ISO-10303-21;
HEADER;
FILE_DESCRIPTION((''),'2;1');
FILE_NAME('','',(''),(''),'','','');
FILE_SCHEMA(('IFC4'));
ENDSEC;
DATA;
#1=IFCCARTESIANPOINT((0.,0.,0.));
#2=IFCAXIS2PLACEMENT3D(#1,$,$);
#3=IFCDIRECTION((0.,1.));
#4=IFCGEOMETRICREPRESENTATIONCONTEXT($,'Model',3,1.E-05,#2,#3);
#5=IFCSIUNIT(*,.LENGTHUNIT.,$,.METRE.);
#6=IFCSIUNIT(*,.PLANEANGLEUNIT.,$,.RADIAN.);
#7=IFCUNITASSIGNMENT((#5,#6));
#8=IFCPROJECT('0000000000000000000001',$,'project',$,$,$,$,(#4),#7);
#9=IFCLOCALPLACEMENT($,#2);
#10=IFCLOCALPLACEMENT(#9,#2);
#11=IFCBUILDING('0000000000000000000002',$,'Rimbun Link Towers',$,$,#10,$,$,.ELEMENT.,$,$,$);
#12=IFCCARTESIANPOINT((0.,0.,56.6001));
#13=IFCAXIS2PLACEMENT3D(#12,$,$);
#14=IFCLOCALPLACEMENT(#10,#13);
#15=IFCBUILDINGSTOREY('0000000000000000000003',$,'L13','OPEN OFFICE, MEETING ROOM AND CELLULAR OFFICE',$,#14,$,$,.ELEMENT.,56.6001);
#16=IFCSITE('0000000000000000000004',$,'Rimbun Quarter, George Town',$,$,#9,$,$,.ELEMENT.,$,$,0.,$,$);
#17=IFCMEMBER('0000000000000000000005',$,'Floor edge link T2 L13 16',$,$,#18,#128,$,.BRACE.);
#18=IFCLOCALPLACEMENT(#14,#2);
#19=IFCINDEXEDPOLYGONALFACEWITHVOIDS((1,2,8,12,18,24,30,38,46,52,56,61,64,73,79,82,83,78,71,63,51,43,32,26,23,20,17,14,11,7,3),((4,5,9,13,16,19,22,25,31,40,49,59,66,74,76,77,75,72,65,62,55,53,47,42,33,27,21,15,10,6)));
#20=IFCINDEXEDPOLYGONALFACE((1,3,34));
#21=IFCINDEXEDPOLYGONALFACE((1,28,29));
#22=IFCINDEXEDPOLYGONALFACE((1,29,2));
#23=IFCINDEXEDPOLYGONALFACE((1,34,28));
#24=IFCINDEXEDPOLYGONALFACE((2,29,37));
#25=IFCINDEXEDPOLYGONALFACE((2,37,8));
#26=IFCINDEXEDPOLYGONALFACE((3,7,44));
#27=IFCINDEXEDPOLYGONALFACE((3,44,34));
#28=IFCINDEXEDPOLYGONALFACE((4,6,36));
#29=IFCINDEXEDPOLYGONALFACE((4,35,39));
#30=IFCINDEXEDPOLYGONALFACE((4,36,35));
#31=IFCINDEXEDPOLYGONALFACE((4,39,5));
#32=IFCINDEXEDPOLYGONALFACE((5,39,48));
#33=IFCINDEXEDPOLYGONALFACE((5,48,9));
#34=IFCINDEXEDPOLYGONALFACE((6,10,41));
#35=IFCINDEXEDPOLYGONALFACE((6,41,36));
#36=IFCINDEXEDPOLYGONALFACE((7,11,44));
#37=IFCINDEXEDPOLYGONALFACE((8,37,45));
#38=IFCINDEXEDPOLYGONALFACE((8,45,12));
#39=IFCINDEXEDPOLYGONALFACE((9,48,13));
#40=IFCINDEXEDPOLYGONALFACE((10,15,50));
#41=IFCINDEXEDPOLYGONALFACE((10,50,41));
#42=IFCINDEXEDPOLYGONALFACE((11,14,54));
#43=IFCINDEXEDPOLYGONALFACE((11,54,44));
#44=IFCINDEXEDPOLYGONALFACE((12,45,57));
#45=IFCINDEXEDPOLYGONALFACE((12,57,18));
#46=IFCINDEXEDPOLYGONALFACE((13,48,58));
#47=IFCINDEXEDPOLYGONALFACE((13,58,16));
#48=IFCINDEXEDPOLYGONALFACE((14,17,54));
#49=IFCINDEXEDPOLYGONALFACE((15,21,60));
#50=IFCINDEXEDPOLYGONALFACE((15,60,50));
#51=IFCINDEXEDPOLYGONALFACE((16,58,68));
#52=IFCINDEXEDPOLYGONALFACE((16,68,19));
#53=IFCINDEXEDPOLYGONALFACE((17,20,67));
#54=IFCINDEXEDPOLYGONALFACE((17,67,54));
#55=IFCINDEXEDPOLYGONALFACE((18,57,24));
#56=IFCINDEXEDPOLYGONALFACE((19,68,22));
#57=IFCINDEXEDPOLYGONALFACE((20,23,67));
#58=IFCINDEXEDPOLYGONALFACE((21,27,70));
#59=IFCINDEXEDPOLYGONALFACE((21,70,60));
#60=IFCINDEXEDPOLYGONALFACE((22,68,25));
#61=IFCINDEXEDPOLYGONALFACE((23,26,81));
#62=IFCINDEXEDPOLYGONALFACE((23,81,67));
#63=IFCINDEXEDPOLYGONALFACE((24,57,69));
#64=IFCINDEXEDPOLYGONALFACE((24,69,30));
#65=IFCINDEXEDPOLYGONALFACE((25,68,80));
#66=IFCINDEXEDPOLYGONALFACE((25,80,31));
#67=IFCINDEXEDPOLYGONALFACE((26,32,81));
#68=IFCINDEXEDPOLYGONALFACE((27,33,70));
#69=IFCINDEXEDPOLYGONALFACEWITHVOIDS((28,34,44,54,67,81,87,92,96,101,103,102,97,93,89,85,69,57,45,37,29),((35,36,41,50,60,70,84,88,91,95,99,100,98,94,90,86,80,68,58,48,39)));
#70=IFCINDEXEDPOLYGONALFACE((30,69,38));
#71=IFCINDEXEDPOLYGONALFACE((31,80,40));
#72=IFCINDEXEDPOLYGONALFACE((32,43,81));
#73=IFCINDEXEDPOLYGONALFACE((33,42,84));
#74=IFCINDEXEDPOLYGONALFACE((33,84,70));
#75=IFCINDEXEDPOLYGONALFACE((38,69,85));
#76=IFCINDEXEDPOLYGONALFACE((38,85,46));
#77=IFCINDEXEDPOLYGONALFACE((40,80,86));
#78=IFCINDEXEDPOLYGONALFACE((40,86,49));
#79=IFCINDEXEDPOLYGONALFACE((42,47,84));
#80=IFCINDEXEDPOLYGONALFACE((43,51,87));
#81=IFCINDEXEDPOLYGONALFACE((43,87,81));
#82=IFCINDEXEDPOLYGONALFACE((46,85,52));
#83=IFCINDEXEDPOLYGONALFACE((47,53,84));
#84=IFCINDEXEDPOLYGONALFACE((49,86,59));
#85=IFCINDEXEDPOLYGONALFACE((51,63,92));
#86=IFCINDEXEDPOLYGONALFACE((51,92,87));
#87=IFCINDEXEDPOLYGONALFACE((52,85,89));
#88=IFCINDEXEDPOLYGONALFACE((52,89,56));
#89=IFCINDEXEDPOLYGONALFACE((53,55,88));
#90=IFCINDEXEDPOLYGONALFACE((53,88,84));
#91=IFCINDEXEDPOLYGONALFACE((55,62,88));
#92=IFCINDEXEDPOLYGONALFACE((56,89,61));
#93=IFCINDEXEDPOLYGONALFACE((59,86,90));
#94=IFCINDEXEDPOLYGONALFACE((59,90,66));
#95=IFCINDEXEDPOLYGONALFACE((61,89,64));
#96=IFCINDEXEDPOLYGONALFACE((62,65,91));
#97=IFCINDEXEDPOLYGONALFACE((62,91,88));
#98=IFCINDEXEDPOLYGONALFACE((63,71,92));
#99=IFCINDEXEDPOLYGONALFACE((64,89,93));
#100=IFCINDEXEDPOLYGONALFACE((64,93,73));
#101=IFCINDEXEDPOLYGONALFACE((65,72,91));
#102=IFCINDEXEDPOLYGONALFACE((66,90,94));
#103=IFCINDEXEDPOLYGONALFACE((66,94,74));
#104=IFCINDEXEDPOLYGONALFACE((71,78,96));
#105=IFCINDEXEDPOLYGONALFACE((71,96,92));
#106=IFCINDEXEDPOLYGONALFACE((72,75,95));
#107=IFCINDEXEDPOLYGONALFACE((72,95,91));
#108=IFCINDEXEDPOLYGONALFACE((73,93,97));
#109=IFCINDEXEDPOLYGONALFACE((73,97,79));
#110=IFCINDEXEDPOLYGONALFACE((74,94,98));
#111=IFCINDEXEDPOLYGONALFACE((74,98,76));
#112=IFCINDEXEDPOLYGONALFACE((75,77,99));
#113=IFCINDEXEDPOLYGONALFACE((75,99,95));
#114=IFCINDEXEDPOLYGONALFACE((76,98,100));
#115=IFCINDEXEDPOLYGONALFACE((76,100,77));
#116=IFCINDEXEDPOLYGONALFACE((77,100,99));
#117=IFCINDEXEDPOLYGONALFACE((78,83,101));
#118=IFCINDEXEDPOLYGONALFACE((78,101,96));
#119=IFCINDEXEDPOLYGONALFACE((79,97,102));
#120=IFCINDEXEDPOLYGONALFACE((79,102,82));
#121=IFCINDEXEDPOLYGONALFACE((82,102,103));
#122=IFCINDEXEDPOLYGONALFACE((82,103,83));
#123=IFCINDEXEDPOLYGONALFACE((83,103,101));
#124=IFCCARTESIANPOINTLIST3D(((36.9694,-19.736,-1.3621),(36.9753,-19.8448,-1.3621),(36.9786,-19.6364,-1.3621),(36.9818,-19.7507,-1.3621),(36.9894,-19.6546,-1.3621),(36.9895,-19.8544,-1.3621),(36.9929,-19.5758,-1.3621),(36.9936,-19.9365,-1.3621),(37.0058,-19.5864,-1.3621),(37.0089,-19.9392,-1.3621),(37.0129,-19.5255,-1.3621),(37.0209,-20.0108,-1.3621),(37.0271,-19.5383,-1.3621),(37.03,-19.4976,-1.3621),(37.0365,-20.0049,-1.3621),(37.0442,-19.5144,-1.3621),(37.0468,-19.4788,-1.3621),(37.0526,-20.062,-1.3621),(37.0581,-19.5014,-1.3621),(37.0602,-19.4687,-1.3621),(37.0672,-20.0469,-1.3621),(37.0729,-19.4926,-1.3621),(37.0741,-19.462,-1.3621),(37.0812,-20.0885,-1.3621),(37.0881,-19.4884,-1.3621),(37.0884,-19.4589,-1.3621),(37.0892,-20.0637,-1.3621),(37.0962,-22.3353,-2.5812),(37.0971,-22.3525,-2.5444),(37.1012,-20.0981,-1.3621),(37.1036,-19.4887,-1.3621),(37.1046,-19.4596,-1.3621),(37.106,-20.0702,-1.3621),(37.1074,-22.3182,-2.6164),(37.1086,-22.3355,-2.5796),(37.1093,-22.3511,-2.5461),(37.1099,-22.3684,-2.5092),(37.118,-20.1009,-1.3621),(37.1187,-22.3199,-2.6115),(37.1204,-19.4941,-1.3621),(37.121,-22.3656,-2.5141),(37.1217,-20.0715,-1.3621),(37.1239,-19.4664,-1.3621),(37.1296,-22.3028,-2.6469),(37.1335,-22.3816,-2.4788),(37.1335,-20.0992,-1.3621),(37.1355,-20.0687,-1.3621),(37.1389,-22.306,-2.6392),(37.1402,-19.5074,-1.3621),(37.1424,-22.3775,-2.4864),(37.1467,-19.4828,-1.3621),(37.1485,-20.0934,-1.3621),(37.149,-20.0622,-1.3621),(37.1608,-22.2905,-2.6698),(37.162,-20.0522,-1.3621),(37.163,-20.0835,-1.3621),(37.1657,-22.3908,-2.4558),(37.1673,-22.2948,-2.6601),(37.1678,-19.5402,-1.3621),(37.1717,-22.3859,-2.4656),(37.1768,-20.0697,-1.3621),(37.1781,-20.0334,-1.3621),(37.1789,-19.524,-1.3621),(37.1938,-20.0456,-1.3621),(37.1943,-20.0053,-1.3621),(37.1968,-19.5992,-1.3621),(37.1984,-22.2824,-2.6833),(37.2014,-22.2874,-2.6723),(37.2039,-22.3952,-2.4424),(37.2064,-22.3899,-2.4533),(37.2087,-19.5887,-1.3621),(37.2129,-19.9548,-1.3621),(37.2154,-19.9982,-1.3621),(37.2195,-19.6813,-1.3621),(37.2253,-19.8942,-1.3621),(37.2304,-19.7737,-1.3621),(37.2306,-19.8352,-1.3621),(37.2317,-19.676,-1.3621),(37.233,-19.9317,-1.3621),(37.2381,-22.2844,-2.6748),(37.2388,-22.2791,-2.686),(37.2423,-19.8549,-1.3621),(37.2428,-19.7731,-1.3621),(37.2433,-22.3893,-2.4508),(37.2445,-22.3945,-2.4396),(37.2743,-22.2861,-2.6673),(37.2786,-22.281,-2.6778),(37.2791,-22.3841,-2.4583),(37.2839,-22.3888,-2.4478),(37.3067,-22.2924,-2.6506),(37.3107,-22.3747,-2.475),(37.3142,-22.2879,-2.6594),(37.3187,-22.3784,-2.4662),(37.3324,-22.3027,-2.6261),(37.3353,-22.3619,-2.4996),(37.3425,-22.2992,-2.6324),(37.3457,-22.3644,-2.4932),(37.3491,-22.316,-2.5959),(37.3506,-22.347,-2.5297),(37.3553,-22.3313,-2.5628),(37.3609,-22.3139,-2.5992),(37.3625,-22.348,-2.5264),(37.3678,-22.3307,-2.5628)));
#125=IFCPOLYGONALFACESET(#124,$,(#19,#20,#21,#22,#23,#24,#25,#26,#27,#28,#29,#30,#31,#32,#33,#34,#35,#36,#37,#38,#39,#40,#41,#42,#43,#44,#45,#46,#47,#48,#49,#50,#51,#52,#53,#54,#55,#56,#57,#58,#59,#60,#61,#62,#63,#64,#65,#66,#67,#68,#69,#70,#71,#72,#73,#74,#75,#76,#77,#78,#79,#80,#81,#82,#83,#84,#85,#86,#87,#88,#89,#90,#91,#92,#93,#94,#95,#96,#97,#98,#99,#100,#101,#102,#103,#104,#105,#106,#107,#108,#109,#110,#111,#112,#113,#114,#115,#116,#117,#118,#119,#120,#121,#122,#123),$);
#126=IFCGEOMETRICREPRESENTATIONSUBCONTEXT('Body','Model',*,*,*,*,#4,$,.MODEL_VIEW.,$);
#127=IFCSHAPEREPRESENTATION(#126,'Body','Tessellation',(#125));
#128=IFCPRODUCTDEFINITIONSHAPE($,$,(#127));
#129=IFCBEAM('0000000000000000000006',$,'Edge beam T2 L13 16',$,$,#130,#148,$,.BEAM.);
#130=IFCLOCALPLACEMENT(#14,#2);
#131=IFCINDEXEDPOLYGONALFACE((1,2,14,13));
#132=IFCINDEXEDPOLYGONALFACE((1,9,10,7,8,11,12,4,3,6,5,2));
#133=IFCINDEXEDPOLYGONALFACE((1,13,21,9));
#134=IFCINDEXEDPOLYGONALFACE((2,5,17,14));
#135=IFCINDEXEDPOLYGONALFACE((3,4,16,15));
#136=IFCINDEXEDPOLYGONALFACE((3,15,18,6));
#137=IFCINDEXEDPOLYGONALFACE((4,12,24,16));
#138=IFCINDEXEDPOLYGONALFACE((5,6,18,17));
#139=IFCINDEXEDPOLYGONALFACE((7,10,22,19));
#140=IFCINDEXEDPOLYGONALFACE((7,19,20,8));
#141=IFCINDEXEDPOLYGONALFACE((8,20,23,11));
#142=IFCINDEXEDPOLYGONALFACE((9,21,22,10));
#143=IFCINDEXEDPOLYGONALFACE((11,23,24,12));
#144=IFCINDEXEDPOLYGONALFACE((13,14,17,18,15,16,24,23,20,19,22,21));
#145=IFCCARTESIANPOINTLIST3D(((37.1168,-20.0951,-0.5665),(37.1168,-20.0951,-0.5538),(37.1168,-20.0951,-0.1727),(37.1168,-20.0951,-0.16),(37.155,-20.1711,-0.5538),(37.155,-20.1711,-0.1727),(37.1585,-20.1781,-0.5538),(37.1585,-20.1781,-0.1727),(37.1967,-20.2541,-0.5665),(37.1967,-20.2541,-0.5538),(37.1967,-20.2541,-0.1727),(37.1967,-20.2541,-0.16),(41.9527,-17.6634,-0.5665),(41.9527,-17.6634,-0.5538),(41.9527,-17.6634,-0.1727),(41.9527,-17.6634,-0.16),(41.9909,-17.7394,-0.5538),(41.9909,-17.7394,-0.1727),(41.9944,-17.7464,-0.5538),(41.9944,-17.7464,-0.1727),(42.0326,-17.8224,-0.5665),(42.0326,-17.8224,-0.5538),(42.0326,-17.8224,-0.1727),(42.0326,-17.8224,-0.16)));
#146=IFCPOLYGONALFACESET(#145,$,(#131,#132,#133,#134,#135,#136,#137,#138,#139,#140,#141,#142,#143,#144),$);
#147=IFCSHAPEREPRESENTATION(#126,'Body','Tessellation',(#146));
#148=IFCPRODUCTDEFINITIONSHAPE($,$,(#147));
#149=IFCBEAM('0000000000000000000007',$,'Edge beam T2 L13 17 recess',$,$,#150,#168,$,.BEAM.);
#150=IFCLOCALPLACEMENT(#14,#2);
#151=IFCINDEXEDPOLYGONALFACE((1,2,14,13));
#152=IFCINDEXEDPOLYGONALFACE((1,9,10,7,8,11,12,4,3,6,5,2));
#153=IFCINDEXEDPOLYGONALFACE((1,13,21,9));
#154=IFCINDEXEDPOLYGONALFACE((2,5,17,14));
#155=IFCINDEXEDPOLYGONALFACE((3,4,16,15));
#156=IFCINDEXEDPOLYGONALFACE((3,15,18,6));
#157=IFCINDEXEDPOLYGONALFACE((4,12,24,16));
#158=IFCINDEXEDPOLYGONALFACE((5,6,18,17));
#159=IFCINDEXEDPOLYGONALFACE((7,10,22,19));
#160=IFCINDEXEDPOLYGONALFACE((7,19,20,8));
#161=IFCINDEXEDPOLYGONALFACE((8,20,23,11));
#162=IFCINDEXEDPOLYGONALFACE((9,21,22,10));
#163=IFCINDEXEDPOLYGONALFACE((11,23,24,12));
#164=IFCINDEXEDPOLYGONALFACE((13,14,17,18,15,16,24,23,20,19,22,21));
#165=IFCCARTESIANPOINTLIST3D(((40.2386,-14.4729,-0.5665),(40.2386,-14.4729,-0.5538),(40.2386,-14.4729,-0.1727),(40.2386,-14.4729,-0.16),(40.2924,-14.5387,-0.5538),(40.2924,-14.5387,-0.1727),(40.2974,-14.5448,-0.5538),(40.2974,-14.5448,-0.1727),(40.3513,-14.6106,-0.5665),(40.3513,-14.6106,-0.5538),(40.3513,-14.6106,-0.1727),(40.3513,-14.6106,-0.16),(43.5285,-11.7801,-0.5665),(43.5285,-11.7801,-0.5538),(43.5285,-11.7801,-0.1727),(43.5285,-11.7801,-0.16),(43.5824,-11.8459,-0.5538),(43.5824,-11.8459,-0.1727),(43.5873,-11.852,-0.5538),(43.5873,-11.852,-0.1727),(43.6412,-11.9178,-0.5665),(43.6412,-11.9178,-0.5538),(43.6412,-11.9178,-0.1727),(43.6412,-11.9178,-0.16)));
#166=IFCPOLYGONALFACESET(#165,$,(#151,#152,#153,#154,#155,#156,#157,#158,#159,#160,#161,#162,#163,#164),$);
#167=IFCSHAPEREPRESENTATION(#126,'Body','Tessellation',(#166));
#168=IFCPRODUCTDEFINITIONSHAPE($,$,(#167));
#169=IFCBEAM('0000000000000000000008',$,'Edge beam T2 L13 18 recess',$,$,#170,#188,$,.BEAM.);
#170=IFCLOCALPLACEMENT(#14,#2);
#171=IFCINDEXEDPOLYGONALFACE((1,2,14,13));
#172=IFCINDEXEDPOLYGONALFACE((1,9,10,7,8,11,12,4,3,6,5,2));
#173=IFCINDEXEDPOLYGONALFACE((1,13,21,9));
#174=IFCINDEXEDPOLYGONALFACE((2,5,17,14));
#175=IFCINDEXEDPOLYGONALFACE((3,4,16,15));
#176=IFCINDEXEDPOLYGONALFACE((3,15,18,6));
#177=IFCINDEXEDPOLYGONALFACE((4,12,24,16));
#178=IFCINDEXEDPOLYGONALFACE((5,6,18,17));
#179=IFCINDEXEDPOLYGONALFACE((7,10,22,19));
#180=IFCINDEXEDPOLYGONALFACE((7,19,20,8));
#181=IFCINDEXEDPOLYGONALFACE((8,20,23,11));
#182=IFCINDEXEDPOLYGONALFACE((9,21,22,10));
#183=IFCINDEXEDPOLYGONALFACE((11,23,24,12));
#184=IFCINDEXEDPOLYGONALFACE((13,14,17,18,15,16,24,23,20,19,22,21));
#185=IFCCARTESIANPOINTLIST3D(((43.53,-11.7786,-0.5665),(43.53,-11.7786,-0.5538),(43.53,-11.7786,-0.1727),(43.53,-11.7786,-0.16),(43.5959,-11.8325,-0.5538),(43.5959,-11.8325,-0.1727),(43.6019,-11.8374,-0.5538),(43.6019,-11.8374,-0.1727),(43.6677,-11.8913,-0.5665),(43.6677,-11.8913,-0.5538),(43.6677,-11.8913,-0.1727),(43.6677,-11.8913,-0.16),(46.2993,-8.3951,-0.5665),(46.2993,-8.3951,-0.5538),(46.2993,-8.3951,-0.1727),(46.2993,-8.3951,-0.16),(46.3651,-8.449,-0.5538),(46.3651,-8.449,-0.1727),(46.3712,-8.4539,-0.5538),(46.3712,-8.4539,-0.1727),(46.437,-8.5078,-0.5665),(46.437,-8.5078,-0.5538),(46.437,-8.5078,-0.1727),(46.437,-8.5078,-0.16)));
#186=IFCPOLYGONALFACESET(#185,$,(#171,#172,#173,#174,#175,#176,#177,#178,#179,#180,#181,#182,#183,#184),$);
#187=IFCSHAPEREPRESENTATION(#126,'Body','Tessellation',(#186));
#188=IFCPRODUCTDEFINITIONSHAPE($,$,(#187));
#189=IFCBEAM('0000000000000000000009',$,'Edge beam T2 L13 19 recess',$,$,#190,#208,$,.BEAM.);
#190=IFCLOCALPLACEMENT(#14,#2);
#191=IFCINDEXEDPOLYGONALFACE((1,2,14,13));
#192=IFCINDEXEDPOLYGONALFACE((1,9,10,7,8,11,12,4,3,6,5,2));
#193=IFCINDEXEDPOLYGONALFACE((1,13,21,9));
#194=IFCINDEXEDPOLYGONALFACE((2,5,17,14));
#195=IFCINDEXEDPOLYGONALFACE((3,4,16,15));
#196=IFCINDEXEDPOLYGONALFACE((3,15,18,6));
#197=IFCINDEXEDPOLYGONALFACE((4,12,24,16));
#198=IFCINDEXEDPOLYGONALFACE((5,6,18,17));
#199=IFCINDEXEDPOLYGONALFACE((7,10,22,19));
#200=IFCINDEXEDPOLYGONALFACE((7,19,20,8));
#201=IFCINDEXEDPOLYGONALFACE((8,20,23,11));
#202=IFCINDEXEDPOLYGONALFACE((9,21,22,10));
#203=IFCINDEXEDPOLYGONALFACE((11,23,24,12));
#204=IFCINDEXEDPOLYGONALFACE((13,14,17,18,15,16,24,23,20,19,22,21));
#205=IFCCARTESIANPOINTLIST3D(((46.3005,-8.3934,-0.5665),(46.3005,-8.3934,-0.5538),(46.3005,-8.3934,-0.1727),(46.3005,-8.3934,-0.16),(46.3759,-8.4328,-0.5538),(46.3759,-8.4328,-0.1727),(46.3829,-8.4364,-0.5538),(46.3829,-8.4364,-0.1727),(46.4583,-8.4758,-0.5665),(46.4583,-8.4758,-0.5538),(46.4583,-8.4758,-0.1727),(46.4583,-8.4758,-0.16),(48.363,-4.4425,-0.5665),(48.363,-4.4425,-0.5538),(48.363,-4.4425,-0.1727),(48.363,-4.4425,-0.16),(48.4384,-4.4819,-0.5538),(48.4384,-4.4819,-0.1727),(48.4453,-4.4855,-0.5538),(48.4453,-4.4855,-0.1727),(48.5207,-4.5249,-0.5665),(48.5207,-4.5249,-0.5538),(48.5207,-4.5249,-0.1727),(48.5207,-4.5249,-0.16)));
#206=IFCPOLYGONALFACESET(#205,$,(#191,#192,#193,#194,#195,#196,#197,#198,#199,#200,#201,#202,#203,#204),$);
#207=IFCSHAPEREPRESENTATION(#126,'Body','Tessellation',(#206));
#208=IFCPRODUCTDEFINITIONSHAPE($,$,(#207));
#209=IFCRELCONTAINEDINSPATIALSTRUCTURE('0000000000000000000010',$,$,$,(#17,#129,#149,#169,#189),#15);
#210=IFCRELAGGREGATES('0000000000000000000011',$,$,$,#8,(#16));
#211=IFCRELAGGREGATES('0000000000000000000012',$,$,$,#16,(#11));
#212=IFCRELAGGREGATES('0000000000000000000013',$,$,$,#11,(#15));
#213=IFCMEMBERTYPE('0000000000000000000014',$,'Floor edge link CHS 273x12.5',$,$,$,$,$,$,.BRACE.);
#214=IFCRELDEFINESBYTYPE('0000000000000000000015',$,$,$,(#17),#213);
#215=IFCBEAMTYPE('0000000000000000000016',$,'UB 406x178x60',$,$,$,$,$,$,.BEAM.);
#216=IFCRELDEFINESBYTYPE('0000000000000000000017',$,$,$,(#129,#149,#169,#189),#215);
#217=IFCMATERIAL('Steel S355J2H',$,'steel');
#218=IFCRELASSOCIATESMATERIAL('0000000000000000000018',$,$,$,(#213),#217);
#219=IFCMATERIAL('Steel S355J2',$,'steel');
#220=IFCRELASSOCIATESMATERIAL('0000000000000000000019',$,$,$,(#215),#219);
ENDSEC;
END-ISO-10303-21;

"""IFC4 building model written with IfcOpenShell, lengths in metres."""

from ifc_helpers import new_model, si_unit, direction, frame, origin, origin_2d, place, context, subcontext, project, spatial, hollow_circle, i_section, extrude, clip, halfspace, material, material_profile, profile_set, type_object, element, save


model = new_model("IFC4")

# Units and contexts
model_context = context("Model", 3, precision=1e-05, world=origin(), true_north=direction((0.0, 1.0)))
body_context = subcontext(model_context, "Body", "Model", "MODEL_VIEW")
ifc_project = project(units=[si_unit("LENGTHUNIT", "METRE"), si_unit("PLANEANGLEUNIT", "RADIAN")], contexts=[model_context])

# Site, building, storey
site_placement = place(None, origin())
site = spatial("IfcSite", under=ifc_project, at=site_placement, Name="Rimbun Quarter, George Town", CompositionType="ELEMENT", RefElevation=0.0)
building_placement = place(site_placement, origin())
building = spatial("IfcBuilding", under=site, at=building_placement, Name="Rimbun Link Towers", CompositionType="ELEMENT")
storey_placement = place(building_placement, frame((0.0, 0.0, 56.6001)))
storey = spatial("IfcBuildingStorey", under=building, at=storey_placement, Name="L13", Description="OPEN OFFICE, MEETING ROOM AND CELLULAR OFFICE", CompositionType="ELEMENT", Elevation=56.6001)

# Member
ifc_material_1 = material(Name="Steel S355J2H", Category="steel")
ifc_material_profile_1 = material_profile(ifc_material_1, hollow_circle(Radius=0.1365, WallThickness=0.0125, at=origin_2d()), Name="CHS 273x12.5")
ifc_profile_set_1 = profile_set([ifc_material_profile_1], Name="Steel S355J2H")
member_type_1 = type_object("IfcMemberType", Name="Floor edge link CHS 273x12.5", PredefinedType="BRACE", material=ifc_profile_set_1)
member_1_placement = place(storey_placement, frame((37.1191, -20.0381, -1.4834), z_axis=(0.044174, -0.904325, -0.424553), x_axis=(0.998809, 0.04879, 0.0)))
element("IfcMember", 1, at=member_1_placement, inside=storey, type_object=member_type_1, Name="Floor edge link T2 L13 16", PredefinedType="BRACE", context=body_context, shape_type="Clipping", body=[
    clip(extrude(hollow_circle(Radius=0.1365, WallThickness=0.0125, at=origin_2d()), frame((0.0, 0.0, -0.6057)), (0.0, 0.0, 1.0), 3.1482), halfspace(frame((0.0, 0.0, -0.2856), z_axis=(0.0, 0.905403, -0.424553)), False)),
])

# Beams
ifc_material_2 = material(Name="Steel S355J2", Category="steel")
ifc_material_profile_2 = material_profile(ifc_material_2, i_section(OverallWidth=0.178, OverallDepth=0.4065, WebThickness=0.0078, FlangeThickness=0.0127, at=origin_2d()), Name="UB 406x178x60")
ifc_profile_set_2 = profile_set([ifc_material_profile_2], Name="Steel S355J2")
beam_type_1 = type_object("IfcBeamType", Name="UB 406x178x60", PredefinedType="BEAM", material=ifc_profile_set_2)
beam_1_placement = place(storey_placement, frame((37.1567, -20.1746, -0.3633), z_axis=(0.893415, 0.449233, 0.0), x_axis=(-0.449233, 0.893415, 0.0)))
element("IfcBeam", 2, at=beam_1_placement, inside=storey, type_object=beam_type_1, Name="Edge beam T2 L13 16", PredefinedType="BEAM", context=body_context, shape_type="SweptSolid", body=[
    extrude(i_section(OverallWidth=0.178, OverallDepth=0.4065, WebThickness=0.0078, FlangeThickness=0.0127, at=origin_2d()), origin(), (0.0, 0.0, 1.0), 5.4128),
])
beam_2_placement = place(storey_placement, frame((40.2949, -14.5417, -0.3633), z_axis=(0.77384, 0.633382, 0.0), x_axis=(-0.633382, 0.77384, 0.0)))
element("IfcBeam", 3, at=beam_2_placement, inside=storey, type_object=beam_type_1, Name="Edge beam T2 L13 17 recess", PredefinedType="BEAM", context=body_context, shape_type="SweptSolid", body=[
    extrude(i_section(OverallWidth=0.178, OverallDepth=0.4065, WebThickness=0.0078, FlangeThickness=0.0127, at=origin_2d()), origin(), (0.0, 0.0, 1.0), 4.2515),
])
beam_3_placement = place(storey_placement, frame((43.5989, -11.835, -0.3633), z_axis=(0.633365, 0.773853, 0.0), x_axis=(-0.773853, 0.633365, 0.0)))
element("IfcBeam", 4, at=beam_3_placement, inside=storey, type_object=beam_type_1, Name="Edge beam T2 L13 18 recess", PredefinedType="BEAM", context=body_context, shape_type="SweptSolid", body=[
    extrude(i_section(OverallWidth=0.178, OverallDepth=0.4065, WebThickness=0.0078, FlangeThickness=0.0127, at=origin_2d()), origin(), (0.0, 0.0, 1.0), 4.3723),
])
beam_4_placement = place(storey_placement, frame((46.3794, -8.4346, -0.3633), z_axis=(0.462768, 0.886479, 0.0), x_axis=(-0.886479, 0.462768, 0.0)))
element("IfcBeam", 5, at=beam_4_placement, inside=storey, type_object=beam_type_1, Name="Edge beam T2 L13 19 recess", PredefinedType="BEAM", context=body_context, shape_type="SweptSolid", body=[
    extrude(i_section(OverallWidth=0.178, OverallDepth=0.4065, WebThickness=0.0078, FlangeThickness=0.0127, at=origin_2d()), origin(), (0.0, 0.0, 1.0), 4.4568),
])

save(model, "model.ifc")
